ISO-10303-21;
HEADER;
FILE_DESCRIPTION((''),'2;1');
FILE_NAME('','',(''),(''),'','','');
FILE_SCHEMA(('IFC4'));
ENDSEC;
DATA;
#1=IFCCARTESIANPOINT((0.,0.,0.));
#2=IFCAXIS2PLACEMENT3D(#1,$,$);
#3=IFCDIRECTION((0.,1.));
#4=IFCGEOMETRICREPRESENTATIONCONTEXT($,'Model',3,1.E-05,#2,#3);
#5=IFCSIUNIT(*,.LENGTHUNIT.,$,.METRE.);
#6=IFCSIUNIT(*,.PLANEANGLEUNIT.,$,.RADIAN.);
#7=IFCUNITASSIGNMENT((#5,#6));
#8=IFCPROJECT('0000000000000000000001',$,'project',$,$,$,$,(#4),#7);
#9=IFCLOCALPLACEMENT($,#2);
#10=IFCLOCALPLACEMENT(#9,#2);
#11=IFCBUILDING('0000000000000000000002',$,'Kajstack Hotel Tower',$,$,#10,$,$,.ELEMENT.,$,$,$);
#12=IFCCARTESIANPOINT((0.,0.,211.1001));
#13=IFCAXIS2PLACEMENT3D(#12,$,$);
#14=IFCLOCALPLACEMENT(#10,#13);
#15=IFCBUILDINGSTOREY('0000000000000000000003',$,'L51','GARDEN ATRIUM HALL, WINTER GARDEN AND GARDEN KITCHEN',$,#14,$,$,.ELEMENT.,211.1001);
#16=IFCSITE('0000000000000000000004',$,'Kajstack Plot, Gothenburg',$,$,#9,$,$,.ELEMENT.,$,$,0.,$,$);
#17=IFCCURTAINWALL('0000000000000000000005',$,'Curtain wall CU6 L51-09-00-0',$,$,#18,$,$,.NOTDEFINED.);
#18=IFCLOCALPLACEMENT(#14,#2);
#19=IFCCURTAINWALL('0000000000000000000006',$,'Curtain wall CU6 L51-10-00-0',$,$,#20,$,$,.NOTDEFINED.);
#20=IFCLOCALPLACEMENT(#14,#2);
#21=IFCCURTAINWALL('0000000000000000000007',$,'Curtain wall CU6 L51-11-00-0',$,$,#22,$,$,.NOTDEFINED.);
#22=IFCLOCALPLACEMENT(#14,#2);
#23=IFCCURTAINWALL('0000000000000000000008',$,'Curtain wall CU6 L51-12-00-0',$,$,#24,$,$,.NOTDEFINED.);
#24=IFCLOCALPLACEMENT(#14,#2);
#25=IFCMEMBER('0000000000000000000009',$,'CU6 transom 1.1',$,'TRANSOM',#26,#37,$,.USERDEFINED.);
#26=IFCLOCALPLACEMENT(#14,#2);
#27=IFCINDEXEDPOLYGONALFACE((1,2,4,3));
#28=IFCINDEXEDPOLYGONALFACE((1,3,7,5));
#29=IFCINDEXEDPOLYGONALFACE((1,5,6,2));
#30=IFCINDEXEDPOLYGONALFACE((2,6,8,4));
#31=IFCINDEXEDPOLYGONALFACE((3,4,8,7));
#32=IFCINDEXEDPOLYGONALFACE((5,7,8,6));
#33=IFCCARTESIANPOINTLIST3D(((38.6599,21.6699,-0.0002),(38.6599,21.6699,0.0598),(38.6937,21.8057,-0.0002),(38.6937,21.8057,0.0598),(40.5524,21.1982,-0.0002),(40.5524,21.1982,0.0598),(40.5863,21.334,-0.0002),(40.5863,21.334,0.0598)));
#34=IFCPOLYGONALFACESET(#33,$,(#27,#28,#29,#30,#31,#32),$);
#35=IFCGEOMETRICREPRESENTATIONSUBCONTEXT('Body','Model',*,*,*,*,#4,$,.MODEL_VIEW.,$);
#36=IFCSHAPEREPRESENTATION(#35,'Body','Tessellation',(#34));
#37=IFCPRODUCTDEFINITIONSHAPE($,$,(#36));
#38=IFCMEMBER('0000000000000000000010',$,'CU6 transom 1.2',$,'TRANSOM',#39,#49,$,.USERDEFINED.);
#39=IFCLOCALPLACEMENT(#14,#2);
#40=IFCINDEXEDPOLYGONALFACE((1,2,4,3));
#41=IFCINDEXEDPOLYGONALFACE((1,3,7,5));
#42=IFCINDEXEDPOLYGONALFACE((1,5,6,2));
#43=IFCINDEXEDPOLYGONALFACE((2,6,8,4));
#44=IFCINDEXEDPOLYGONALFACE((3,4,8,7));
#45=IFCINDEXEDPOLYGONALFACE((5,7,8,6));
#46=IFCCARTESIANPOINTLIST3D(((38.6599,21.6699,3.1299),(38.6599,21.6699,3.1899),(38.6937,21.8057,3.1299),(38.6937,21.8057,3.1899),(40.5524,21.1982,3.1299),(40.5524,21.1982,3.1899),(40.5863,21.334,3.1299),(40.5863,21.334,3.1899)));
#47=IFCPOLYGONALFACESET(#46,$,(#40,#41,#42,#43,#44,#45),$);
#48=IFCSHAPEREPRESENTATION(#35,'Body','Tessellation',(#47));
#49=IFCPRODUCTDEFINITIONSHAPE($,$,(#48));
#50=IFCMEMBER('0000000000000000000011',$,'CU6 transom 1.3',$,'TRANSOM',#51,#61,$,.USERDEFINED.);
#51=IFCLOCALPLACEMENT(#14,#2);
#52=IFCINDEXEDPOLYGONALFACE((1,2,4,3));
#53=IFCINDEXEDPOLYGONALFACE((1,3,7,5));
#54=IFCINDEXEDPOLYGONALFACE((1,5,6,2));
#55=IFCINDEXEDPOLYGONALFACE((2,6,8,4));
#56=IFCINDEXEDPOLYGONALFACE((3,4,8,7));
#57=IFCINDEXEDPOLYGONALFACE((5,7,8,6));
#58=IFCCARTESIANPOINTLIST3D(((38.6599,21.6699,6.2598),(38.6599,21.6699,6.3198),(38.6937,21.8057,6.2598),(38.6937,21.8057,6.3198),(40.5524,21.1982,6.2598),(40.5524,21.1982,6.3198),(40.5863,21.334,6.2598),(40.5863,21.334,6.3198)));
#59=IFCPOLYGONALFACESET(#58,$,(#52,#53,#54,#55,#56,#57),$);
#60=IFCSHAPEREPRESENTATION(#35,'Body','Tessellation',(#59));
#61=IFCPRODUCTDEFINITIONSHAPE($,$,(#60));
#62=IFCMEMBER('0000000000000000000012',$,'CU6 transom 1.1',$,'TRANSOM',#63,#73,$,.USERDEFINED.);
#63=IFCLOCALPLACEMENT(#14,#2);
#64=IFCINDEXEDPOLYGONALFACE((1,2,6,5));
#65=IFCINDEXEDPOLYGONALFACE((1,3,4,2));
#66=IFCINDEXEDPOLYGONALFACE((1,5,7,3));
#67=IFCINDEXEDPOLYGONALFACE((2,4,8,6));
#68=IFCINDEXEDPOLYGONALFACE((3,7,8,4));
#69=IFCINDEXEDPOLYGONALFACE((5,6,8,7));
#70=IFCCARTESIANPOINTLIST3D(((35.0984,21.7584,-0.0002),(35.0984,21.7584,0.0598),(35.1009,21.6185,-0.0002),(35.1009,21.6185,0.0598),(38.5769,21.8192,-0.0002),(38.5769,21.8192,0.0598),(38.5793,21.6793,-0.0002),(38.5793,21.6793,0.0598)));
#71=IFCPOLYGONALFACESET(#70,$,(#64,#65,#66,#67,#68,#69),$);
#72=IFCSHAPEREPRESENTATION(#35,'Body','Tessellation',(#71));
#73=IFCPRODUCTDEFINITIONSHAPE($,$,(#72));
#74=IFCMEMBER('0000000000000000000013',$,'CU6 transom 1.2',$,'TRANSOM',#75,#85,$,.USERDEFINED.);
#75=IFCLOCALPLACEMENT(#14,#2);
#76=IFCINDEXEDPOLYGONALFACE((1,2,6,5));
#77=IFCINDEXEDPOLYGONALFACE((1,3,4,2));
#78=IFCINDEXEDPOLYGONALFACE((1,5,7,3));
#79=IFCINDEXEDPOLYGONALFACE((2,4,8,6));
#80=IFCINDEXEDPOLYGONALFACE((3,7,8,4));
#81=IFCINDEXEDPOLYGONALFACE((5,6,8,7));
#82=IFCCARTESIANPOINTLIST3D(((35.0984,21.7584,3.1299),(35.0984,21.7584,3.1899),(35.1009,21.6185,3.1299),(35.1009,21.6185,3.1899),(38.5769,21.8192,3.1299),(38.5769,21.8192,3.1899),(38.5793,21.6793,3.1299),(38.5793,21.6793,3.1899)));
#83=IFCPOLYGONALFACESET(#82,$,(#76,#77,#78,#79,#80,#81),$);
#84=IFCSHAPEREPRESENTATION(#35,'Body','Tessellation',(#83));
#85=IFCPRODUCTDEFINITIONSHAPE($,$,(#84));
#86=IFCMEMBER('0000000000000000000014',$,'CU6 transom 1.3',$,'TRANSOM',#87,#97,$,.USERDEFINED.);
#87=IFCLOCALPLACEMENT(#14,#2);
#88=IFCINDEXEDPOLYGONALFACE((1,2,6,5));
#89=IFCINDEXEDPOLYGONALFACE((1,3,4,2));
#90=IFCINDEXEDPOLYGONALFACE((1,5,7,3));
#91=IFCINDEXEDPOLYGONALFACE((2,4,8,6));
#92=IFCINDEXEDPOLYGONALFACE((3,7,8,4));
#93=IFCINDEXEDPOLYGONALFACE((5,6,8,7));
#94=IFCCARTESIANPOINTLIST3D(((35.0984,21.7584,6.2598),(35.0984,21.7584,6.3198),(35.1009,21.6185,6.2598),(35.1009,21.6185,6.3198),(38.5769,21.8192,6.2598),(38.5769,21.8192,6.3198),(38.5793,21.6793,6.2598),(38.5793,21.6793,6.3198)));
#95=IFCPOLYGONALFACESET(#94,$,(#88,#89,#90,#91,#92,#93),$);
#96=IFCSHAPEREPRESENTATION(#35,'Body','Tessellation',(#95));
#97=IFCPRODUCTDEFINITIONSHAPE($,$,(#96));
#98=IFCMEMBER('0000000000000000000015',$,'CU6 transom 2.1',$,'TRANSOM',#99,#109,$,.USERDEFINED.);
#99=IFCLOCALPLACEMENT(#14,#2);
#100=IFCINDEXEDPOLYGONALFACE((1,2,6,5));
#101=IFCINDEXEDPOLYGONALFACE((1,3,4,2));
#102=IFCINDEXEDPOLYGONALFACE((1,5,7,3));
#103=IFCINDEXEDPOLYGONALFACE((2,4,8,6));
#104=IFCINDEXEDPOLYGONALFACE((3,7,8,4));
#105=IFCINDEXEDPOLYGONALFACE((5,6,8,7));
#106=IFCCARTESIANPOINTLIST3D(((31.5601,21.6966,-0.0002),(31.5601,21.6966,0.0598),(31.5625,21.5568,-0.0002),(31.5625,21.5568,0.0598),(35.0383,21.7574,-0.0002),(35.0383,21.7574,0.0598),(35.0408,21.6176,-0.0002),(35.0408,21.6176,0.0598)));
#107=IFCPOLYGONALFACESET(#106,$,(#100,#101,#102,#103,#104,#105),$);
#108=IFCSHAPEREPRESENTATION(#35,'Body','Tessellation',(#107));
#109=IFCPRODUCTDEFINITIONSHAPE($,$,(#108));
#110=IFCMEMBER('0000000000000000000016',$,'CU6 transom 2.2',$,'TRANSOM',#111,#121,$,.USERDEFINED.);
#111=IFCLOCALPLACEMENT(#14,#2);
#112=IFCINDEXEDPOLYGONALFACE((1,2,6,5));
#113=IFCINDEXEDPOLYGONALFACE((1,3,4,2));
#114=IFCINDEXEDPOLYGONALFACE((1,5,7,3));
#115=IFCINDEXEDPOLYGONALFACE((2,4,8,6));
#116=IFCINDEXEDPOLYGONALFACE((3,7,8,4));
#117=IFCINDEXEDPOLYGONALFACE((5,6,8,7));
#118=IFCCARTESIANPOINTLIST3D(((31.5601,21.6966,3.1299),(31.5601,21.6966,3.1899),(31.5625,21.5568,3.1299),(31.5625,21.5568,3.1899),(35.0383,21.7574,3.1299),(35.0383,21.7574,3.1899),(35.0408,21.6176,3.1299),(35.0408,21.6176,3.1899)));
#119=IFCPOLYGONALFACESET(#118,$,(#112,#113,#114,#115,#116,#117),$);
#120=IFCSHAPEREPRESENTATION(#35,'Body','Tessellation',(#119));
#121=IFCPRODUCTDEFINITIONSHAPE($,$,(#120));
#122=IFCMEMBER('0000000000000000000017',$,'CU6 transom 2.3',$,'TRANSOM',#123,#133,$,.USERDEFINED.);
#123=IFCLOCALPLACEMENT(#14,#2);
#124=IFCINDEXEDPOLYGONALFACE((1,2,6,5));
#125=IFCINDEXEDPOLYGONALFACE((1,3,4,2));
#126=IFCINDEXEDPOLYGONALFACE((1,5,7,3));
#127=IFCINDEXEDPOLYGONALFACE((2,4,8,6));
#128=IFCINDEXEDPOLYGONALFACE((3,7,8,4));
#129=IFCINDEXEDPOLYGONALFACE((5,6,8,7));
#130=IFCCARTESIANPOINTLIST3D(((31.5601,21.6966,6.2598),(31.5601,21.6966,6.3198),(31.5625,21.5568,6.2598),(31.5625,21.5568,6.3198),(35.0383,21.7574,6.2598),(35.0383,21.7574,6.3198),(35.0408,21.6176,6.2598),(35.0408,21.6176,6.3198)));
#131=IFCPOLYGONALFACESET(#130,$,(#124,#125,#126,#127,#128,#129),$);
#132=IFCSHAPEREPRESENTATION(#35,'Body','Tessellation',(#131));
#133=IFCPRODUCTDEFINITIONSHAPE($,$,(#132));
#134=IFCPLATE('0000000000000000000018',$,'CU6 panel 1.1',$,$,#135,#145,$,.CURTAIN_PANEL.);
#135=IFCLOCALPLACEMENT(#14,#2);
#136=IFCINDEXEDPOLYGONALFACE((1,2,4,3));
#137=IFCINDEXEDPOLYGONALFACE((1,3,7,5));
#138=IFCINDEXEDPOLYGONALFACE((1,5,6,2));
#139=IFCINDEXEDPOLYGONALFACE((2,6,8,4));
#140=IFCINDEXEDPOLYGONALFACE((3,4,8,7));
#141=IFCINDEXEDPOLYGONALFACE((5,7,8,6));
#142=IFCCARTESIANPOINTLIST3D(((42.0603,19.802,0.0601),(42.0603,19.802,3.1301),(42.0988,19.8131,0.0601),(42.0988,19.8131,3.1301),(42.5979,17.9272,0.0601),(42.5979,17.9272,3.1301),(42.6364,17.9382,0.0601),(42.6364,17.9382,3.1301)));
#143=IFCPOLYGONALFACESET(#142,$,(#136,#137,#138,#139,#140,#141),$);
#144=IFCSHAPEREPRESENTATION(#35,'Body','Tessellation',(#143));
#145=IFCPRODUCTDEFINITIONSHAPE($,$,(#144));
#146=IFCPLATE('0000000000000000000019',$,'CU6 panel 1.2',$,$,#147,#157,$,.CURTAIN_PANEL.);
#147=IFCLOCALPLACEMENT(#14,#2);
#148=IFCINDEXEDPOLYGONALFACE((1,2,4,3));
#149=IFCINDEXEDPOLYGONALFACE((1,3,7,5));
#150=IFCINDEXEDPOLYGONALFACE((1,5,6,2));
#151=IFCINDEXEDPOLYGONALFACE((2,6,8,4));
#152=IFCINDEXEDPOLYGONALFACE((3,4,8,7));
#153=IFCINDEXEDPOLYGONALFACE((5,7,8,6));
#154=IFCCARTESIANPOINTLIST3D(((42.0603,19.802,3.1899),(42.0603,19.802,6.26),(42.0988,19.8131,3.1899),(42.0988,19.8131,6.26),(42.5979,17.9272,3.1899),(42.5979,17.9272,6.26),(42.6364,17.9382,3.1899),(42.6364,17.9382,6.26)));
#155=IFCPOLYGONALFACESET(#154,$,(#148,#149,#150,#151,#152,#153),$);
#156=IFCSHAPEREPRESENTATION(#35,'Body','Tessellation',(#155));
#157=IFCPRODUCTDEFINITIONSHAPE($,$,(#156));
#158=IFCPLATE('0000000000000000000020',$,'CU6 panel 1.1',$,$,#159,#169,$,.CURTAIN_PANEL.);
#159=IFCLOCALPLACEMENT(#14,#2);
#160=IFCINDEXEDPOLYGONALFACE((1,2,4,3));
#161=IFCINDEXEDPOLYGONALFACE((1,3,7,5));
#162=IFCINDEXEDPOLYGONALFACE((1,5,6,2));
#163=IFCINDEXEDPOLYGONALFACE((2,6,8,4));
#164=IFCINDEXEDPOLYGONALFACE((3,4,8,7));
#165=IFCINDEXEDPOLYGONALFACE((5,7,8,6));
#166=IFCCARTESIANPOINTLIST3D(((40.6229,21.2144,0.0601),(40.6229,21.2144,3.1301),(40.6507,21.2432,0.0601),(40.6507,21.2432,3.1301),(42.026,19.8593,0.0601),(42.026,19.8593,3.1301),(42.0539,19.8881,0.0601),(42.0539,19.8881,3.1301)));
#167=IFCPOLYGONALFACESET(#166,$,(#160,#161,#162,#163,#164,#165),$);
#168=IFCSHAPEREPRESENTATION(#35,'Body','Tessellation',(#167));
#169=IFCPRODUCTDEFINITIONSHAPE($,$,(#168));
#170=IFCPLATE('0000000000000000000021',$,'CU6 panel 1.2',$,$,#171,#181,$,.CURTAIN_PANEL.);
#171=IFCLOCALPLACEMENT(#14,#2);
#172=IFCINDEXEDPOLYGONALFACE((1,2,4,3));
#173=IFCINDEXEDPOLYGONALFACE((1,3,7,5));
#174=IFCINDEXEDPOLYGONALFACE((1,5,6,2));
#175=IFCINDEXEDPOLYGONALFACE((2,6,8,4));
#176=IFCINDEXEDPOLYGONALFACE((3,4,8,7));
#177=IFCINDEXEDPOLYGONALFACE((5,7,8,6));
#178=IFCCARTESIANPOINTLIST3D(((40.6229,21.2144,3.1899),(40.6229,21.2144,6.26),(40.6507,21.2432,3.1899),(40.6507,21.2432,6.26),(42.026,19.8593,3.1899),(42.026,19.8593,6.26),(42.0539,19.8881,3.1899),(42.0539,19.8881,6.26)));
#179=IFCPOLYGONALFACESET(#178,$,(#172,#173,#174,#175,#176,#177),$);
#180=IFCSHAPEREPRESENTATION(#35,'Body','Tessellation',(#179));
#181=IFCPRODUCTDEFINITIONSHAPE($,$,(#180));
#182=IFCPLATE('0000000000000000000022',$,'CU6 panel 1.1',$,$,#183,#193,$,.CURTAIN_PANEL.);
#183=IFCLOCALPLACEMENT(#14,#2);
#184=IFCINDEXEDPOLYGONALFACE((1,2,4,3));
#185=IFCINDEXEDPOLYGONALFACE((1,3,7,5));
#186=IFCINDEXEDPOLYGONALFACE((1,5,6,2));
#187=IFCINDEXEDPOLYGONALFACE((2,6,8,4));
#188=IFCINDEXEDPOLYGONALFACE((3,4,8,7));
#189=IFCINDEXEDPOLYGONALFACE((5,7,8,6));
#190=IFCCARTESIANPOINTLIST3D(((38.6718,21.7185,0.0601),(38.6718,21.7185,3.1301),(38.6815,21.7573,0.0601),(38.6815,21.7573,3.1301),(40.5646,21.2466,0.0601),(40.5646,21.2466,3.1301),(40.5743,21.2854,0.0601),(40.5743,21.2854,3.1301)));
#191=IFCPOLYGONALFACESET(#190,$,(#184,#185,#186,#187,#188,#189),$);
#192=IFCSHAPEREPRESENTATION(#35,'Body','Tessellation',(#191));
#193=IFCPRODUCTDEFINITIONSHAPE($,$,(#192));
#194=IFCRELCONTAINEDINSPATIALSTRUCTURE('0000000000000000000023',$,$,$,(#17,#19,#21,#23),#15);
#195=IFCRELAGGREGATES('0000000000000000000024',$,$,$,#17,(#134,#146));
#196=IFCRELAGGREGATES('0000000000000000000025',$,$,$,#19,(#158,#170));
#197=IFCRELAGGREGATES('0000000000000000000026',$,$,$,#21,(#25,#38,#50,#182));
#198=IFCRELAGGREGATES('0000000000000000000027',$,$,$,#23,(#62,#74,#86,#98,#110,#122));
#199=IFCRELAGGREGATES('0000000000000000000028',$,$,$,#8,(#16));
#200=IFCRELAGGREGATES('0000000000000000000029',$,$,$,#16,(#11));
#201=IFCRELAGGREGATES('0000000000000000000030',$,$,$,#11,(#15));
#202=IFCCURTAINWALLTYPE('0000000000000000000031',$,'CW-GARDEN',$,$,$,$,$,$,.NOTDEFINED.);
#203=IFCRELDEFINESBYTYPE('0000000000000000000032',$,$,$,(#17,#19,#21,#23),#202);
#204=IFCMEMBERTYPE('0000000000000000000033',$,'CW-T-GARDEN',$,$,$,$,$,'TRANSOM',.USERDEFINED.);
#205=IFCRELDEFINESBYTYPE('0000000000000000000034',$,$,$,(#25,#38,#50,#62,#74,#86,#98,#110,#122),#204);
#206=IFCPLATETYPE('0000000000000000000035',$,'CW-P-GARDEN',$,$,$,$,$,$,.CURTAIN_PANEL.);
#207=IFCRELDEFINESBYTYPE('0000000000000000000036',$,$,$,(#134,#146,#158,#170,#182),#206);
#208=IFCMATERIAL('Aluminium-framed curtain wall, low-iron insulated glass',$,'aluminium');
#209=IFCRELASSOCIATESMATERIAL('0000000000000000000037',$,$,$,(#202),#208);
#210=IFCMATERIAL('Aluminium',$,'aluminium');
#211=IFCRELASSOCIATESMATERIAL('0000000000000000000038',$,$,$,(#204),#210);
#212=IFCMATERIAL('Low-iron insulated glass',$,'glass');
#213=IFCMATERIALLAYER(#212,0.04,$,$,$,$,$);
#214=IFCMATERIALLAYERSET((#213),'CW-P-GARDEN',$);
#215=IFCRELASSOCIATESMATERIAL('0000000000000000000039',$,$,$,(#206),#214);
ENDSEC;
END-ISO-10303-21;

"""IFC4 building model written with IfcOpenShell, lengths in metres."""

from ifc_helpers import new_model, si_unit, direction, frame, origin, origin_2d, place, context, subcontext, project, spatial, rectangle, extrude, material, layer, layer_set, material_profile, profile_set, type_object, element, aggregate, save


model = new_model("IFC4")

# Units and contexts
model_context = context("Model", 3, precision=1e-05, world=origin(), true_north=direction((0.0, 1.0)))
body_context = subcontext(model_context, "Body", "Model", "MODEL_VIEW")
ifc_project = project(units=[si_unit("LENGTHUNIT", "METRE"), si_unit("PLANEANGLEUNIT", "RADIAN")], contexts=[model_context])

# Site, building, storey
site_placement = place(None, origin())
site = spatial("IfcSite", under=ifc_project, at=site_placement, Name="Kajstack Plot, Gothenburg", CompositionType="ELEMENT", RefElevation=0.0)
building_placement = place(site_placement, origin())
building = spatial("IfcBuilding", under=site, at=building_placement, Name="Kajstack Hotel Tower", CompositionType="ELEMENT")
storey_placement = place(building_placement, frame((0.0, 0.0, 211.1001)))
storey = spatial("IfcBuildingStorey", under=building, at=storey_placement, Name="L51", Description="GARDEN ATRIUM HALL, WINTER GARDEN AND GARDEN KITCHEN", CompositionType="ELEMENT", Elevation=211.1001)

# Curtain walls
ifc_material_1 = material(Name="Aluminium-framed curtain wall, low-iron insulated glass", Category="aluminium")
curtain_wall_type = type_object("IfcCurtainWallType", Name="CW-GARDEN", PredefinedType="NOTDEFINED", material=ifc_material_1)
curtain_wall_1_placement = place(storey_placement, origin())
curtain_wall_1 = element("IfcCurtainWall", 1, at=curtain_wall_1_placement, inside=storey, type_object=curtain_wall_type, Name="Curtain wall CU6 L51-09-00-0", PredefinedType="NOTDEFINED")
ifc_material_2 = material(Name="Aluminium", Category="aluminium")
curtain_wall_2_placement = place(storey_placement, origin())
curtain_wall_2 = element("IfcCurtainWall", 2, at=curtain_wall_2_placement, inside=storey, type_object=curtain_wall_type, Name="Curtain wall CU6 L51-10-00-0", PredefinedType="NOTDEFINED")
curtain_wall_3_placement = place(storey_placement, origin())
curtain_wall_3 = element("IfcCurtainWall", 3, at=curtain_wall_3_placement, inside=storey, type_object=curtain_wall_type, Name="Curtain wall CU6 L51-11-00-0", PredefinedType="NOTDEFINED")
curtain_wall_4_placement = place(storey_placement, origin())
curtain_wall_4 = element("IfcCurtainWall", 4, at=curtain_wall_4_placement, inside=storey, type_object=curtain_wall_type, Name="Curtain wall CU6 L51-12-00-0", PredefinedType="NOTDEFINED")

# Members
ifc_material_profile_1 = material_profile(ifc_material_2, rectangle(XDim=0.1399, YDim=0.0601, at=origin_2d()), Name="Aluminium transom 140 x 60")
ifc_profile_set_1 = profile_set([ifc_material_profile_1], Name="Aluminium")
member_type_1 = type_object("IfcMemberType", Name="CW-T-GARDEN", ElementType="TRANSOM", PredefinedType="USERDEFINED", material=ifc_profile_set_1)
member_1_placement = place(storey_placement, frame((40.5693, 21.2661, 0.0298), z_axis=(-0.970319, 0.241829, 0.0), x_axis=(-0.241829, -0.970319, 0.0)))
member_1 = element("IfcMember", 5, at=member_1_placement, type_object=member_type_1, Name="CU6 transom 1.1", ObjectType="TRANSOM", PredefinedType="USERDEFINED", context=body_context, shape_type="SweptSolid", body=[
    extrude(rectangle(XDim=0.1399, YDim=0.0601, at=origin_2d()), origin(), (0.0, 0.0, 1.0), 1.9504),
])
member_2_placement = place(storey_placement, frame((40.5693, 21.2661, 3.1599), z_axis=(-0.970319, 0.241829, 0.0), x_axis=(-0.241829, -0.970319, 0.0)))
member_2 = element("IfcMember", 6, at=member_2_placement, type_object=member_type_1, Name="CU6 transom 1.2", ObjectType="TRANSOM", PredefinedType="USERDEFINED", context=body_context, shape_type="SweptSolid", body=[
    extrude(rectangle(XDim=0.1399, YDim=0.0601, at=origin_2d()), origin(), (0.0, 0.0, 1.0), 1.9504),
])
member_3_placement = place(storey_placement, frame((40.5693, 21.2661, 6.2898), z_axis=(-0.970319, 0.241829, 0.0), x_axis=(-0.241829, -0.970319, 0.0)))
member_3 = element("IfcMember", 7, at=member_3_placement, type_object=member_type_1, Name="CU6 transom 1.3", ObjectType="TRANSOM", PredefinedType="USERDEFINED", context=body_context, shape_type="SweptSolid", body=[
    extrude(rectangle(XDim=0.1399, YDim=0.0601, at=origin_2d()), origin(), (0.0, 0.0, 1.0), 1.9504),
])
member_4_placement = place(storey_placement, frame((38.5781, 21.7493, 0.0298), z_axis=(-0.999847, -0.017473, 0.0), x_axis=(0.017473, -0.999847, 0.0)))
member_4 = element("IfcMember", 8, at=member_4_placement, type_object=member_type_1, Name="CU6 transom 1.1", ObjectType="TRANSOM", PredefinedType="USERDEFINED", context=body_context, shape_type="SweptSolid", body=[
    extrude(rectangle(XDim=0.1399, YDim=0.0601, at=origin_2d()), origin(), (0.0, 0.0, 1.0), 3.479),
])
member_5_placement = place(storey_placement, frame((38.5781, 21.7493, 3.1599), z_axis=(-0.999847, -0.017473, 0.0), x_axis=(0.017473, -0.999847, 0.0)))
member_5 = element("IfcMember", 9, at=member_5_placement, type_object=member_type_1, Name="CU6 transom 1.2", ObjectType="TRANSOM", PredefinedType="USERDEFINED", context=body_context, shape_type="SweptSolid", body=[
    extrude(rectangle(XDim=0.1399, YDim=0.0601, at=origin_2d()), origin(), (0.0, 0.0, 1.0), 3.479),
])
member_6_placement = place(storey_placement, frame((38.5781, 21.7493, 6.2898), z_axis=(-0.999847, -0.017473, 0.0), x_axis=(0.017473, -0.999847, 0.0)))
member_6 = element("IfcMember", 10, at=member_6_placement, type_object=member_type_1, Name="CU6 transom 1.3", ObjectType="TRANSOM", PredefinedType="USERDEFINED", context=body_context, shape_type="SweptSolid", body=[
    extrude(rectangle(XDim=0.1399, YDim=0.0601, at=origin_2d()), origin(), (0.0, 0.0, 1.0), 3.479),
])
member_7_placement = place(storey_placement, frame((35.0396, 21.6875, 0.0298), z_axis=(-0.999847, -0.017475, 0.0), x_axis=(0.017475, -0.999847, 0.0)))
member_7 = element("IfcMember", 11, at=member_7_placement, type_object=member_type_1, Name="CU6 transom 2.1", ObjectType="TRANSOM", PredefinedType="USERDEFINED", context=body_context, shape_type="SweptSolid", body=[
    extrude(rectangle(XDim=0.1399, YDim=0.0601, at=origin_2d()), origin(), (0.0, 0.0, 1.0), 3.4788),
])
member_8_placement = place(storey_placement, frame((35.0396, 21.6875, 3.1599), z_axis=(-0.999847, -0.017475, 0.0), x_axis=(0.017475, -0.999847, 0.0)))
member_8 = element("IfcMember", 12, at=member_8_placement, type_object=member_type_1, Name="CU6 transom 2.2", ObjectType="TRANSOM", PredefinedType="USERDEFINED", context=body_context, shape_type="SweptSolid", body=[
    extrude(rectangle(XDim=0.1399, YDim=0.0601, at=origin_2d()), origin(), (0.0, 0.0, 1.0), 3.4788),
])
member_9_placement = place(storey_placement, frame((35.0396, 21.6875, 6.2898), z_axis=(-0.999847, -0.017475, 0.0), x_axis=(0.017475, -0.999847, 0.0)))
member_9 = element("IfcMember", 13, at=member_9_placement, type_object=member_type_1, Name="CU6 transom 2.3", ObjectType="TRANSOM", PredefinedType="USERDEFINED", context=body_context, shape_type="SweptSolid", body=[
    extrude(rectangle(XDim=0.1399, YDim=0.0601, at=origin_2d()), origin(), (0.0, 0.0, 1.0), 3.4788),
])

# Plates
ifc_material_3 = material(Name="Low-iron insulated glass", Category="glass")
ifc_layer = layer(ifc_material_3, 0.04)
ifc_layer_set = layer_set([ifc_layer], Name="CW-P-GARDEN")
plate_type = type_object("IfcPlateType", Name="CW-P-GARDEN", PredefinedType="CURTAIN_PANEL", material=ifc_layer_set)
plate_1_placement = place(storey_placement, frame((42.3484, 18.8701, 0.0601), z_axis=(0.0, 0.0, 1.0), x_axis=(-0.275633, 0.961263, 0.0)))
plate_1 = element("IfcPlate", 14, at=plate_1_placement, type_object=plate_type, Name="CU6 panel 1.1", PredefinedType="CURTAIN_PANEL", context=body_context, shape_type="SweptSolid", body=[
    extrude(rectangle(XDim=1.9504, YDim=0.04, at=origin_2d()), origin(), (0.0, 0.0, 1.0), 3.0701),
])
plate_2_placement = place(storey_placement, frame((42.3484, 18.8701, 3.1899), z_axis=(0.0, 0.0, 1.0), x_axis=(-0.275633, 0.961263, 0.0)))
plate_2 = element("IfcPlate", 15, at=plate_2_placement, type_object=plate_type, Name="CU6 panel 1.2", PredefinedType="CURTAIN_PANEL", context=body_context, shape_type="SweptSolid", body=[
    extrude(rectangle(XDim=1.9504, YDim=0.04, at=origin_2d()), origin(), (0.0, 0.0, 1.0), 3.0701),
])
aggregate(curtain_wall_1, [plate_1, plate_2])
plate_3_placement = place(storey_placement, frame((41.3384, 20.5513, 0.0601), z_axis=(0.0, 0.0, 1.0), x_axis=(-0.719315, 0.694684, 0.0)))
plate_3 = element("IfcPlate", 16, at=plate_3_placement, type_object=plate_type, Name="CU6 panel 1.1", PredefinedType="CURTAIN_PANEL", context=body_context, shape_type="SweptSolid", body=[
    extrude(rectangle(XDim=1.9507, YDim=0.04, at=origin_2d()), origin(), (0.0, 0.0, 1.0), 3.0701),
])
plate_4_placement = place(storey_placement, frame((41.3384, 20.5513, 3.1899), z_axis=(0.0, 0.0, 1.0), x_axis=(-0.719315, 0.694684, 0.0)))
plate_4 = element("IfcPlate", 17, at=plate_4_placement, type_object=plate_type, Name="CU6 panel 1.2", PredefinedType="CURTAIN_PANEL", context=body_context, shape_type="SweptSolid", body=[
    extrude(rectangle(XDim=1.9507, YDim=0.04, at=origin_2d()), origin(), (0.0, 0.0, 1.0), 3.0701),
])
aggregate(curtain_wall_2, [plate_3, plate_4])
plate_5_placement = place(storey_placement, frame((39.623, 21.502, 0.0601), z_axis=(0.0, 0.0, 1.0), x_axis=(-0.970299, 0.241911, 0.0)))
plate_5 = element("IfcPlate", 18, at=plate_5_placement, type_object=plate_type, Name="CU6 panel 1.1", PredefinedType="CURTAIN_PANEL", context=body_context, shape_type="SweptSolid", body=[
    extrude(rectangle(XDim=1.9507, YDim=0.04, at=origin_2d()), origin(), (0.0, 0.0, 1.0), 3.0701),
])
aggregate(curtain_wall_3, [member_1, member_2, member_3, plate_5])
aggregate(curtain_wall_4, [member_4, member_5, member_6, member_7, member_8, member_9])

save(model, "model.ifc")
